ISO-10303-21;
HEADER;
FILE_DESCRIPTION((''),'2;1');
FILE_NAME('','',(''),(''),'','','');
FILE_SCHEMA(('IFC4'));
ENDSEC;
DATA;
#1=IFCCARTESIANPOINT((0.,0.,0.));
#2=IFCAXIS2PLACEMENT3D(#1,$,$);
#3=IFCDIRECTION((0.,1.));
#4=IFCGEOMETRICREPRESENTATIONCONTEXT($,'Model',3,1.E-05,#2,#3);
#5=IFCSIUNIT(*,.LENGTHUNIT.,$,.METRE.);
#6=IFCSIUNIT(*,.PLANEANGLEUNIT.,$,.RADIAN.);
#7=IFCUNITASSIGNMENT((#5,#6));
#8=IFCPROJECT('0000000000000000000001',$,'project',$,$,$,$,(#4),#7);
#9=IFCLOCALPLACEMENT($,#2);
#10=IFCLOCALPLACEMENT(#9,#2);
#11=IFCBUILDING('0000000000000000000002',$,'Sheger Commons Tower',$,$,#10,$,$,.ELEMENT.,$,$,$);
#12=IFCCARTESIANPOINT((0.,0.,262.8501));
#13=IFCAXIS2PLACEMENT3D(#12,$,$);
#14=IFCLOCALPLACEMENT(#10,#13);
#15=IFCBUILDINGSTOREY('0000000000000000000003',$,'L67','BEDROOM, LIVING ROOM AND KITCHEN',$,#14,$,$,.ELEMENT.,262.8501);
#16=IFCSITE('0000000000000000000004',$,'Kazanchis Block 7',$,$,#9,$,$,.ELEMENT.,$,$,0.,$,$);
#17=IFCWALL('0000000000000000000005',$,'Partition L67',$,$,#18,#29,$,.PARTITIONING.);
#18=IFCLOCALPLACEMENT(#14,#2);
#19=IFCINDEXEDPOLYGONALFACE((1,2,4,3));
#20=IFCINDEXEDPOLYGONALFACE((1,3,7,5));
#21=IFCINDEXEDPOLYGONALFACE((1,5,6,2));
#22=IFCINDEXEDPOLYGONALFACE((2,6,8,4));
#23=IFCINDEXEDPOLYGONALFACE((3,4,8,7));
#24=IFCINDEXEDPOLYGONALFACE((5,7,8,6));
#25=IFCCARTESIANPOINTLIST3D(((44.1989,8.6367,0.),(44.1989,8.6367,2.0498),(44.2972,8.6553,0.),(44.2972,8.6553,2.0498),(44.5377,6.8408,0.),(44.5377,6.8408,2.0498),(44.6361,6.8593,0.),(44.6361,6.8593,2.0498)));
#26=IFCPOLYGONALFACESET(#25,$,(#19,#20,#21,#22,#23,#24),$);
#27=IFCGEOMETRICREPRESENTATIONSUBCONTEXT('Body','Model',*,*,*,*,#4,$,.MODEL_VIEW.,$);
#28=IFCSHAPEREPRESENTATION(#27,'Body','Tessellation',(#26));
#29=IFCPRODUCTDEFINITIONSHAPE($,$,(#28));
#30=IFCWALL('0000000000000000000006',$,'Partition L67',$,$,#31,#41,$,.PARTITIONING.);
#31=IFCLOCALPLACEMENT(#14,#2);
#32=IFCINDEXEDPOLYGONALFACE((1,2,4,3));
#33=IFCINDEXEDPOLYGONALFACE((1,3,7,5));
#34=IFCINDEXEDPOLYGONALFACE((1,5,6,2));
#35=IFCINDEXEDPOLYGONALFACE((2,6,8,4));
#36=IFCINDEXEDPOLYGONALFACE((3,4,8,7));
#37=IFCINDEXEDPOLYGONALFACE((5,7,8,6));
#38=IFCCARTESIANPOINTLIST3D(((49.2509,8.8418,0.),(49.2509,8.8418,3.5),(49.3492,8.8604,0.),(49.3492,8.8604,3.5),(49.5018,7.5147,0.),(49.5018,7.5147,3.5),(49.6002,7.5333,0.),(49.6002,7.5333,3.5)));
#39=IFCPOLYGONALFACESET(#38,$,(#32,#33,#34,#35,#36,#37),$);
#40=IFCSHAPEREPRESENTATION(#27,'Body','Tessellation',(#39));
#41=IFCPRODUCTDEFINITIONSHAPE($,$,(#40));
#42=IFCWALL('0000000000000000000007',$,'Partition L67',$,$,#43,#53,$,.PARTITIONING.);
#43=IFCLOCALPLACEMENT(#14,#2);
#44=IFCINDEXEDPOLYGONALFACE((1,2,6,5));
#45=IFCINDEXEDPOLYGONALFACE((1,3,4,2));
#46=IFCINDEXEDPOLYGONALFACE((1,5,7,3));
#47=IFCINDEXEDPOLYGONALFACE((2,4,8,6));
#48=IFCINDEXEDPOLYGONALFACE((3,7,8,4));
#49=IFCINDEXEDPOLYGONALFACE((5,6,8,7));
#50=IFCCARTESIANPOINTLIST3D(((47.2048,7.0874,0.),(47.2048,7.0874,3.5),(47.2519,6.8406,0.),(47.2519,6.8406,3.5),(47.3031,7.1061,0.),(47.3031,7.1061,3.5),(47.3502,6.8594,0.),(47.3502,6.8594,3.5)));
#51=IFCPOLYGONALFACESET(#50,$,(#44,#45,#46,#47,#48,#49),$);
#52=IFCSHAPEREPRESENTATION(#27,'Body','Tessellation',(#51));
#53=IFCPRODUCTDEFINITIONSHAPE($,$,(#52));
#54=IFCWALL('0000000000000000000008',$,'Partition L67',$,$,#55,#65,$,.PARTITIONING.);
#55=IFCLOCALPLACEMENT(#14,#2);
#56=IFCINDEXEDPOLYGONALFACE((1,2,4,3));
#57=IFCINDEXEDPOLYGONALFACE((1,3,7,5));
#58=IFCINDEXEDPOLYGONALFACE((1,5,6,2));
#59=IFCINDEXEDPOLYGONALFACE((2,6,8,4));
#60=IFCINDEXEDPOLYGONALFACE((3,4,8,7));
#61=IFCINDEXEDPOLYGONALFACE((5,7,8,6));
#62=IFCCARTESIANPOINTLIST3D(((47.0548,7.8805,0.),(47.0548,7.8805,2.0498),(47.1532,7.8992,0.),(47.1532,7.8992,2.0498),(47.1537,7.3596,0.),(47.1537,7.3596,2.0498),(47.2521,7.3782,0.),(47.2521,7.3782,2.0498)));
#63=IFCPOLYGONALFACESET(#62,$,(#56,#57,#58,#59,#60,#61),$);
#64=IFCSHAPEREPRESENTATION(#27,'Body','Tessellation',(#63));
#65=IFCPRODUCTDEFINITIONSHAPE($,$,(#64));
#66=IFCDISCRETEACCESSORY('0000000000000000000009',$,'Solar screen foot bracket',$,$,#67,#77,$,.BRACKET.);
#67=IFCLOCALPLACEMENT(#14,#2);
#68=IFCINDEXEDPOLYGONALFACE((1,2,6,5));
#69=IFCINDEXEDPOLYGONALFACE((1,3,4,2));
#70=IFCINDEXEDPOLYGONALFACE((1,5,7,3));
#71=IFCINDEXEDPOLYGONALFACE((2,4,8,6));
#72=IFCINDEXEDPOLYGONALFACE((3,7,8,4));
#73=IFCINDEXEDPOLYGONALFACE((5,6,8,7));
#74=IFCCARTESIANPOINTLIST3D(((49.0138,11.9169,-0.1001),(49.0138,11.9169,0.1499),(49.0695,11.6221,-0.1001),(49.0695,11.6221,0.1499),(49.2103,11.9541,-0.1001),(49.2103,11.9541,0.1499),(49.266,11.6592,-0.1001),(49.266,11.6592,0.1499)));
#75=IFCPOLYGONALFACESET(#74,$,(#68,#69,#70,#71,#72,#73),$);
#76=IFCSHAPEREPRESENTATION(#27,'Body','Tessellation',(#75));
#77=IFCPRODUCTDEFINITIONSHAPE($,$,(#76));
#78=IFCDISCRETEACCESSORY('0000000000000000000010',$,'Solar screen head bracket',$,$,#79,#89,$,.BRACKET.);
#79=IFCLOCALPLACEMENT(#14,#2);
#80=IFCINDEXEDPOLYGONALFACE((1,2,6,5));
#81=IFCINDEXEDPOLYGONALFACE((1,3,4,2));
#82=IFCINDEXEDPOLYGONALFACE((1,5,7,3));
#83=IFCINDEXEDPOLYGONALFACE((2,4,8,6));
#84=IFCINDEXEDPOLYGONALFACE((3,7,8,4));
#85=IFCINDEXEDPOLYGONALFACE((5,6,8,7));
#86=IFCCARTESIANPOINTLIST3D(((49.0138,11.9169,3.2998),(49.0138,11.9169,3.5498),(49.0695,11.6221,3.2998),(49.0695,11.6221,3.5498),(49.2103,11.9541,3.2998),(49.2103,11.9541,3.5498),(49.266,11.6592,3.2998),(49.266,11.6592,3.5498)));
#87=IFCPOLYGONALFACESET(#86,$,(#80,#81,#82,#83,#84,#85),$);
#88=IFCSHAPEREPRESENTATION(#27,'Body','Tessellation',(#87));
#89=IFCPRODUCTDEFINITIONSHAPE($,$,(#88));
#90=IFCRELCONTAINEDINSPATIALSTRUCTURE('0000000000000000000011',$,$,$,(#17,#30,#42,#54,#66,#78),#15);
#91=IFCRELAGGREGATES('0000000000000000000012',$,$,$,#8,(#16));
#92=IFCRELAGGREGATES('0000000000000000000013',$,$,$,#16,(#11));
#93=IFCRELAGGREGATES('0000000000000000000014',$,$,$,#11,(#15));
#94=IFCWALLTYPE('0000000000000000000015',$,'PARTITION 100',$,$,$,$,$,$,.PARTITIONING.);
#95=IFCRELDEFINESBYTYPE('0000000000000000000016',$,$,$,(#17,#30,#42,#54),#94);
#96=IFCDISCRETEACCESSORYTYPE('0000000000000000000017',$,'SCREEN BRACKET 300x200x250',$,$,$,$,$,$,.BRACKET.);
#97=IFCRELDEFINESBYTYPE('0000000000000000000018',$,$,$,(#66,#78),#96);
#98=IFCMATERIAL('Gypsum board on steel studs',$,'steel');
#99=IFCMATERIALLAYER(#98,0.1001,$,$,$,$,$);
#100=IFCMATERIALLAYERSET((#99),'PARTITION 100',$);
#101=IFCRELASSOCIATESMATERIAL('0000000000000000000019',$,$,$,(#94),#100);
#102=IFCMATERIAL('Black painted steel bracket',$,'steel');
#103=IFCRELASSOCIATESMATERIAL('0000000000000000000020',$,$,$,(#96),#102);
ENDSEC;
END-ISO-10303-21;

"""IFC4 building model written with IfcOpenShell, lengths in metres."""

from ifc_helpers import new_model, si_unit, direction, frame, frame_2d, origin, origin_2d, place, context, subcontext, project, spatial, rectangle, extrude, material, layer, layer_set, type_object, element, save


model = new_model("IFC4")

# Units and contexts
model_context = context("Model", 3, precision=1e-05, world=origin(), true_north=direction((0.0, 1.0)))
body_context = subcontext(model_context, "Body", "Model", "MODEL_VIEW")
ifc_project = project(units=[si_unit("LENGTHUNIT", "METRE"), si_unit("PLANEANGLEUNIT", "RADIAN")], contexts=[model_context])

# Site, building, storey
site_placement = place(None, origin())
site = spatial("IfcSite", under=ifc_project, at=site_placement, Name="Kazanchis Block 7", CompositionType="ELEMENT", RefElevation=0.0)
building_placement = place(site_placement, origin())
building = spatial("IfcBuilding", under=site, at=building_placement, Name="Sheger Commons Tower", CompositionType="ELEMENT")
storey_placement = place(building_placement, frame((0.0, 0.0, 262.8501)))
storey = spatial("IfcBuildingStorey", under=building, at=storey_placement, Name="L67", Description="BEDROOM, LIVING ROOM AND KITCHEN", CompositionType="ELEMENT", Elevation=262.8501)

# Walls
ifc_material_1 = material(Name="Gypsum board on steel studs", Category="steel")
ifc_layer_1 = layer(ifc_material_1, 0.1001)
ifc_layer_set_1 = layer_set([ifc_layer_1], Name="PARTITION 100")
wall_type_1 = type_object("IfcWallType", Name="PARTITION 100", PredefinedType="PARTITIONING", material=ifc_layer_set_1)
wall_1_placement = place(storey_placement, frame((44.248, 8.646, 0.0), z_axis=(0.0, 0.0, 1.0), x_axis=(0.185418, -0.98266, 0.0)))
element("IfcWall", 1, at=wall_1_placement, inside=storey, type_object=wall_type_1, Name="Partition L67", PredefinedType="PARTITIONING", context=body_context, shape_type="SweptSolid", body=[
    extrude(rectangle(XDim=1.8276, YDim=0.1001, at=frame_2d((0.9138, 0.0))), origin(), (0.0, 0.0, 1.0), 2.0498),
])
wall_2_placement = place(storey_placement, frame((49.3, 8.8511, 0.0), z_axis=(0.0, 0.0, 1.0), x_axis=(0.185816, -0.982585, 0.0)))
element("IfcWall", 2, at=wall_2_placement, inside=storey, type_object=wall_type_1, Name="Partition L67", PredefinedType="PARTITIONING", context=body_context, shape_type="SweptSolid", body=[
    extrude(rectangle(XDim=1.3506, YDim=0.1001, at=frame_2d((0.6753, 0.0))), origin(), (0.0, 0.0, 1.0), 3.5),
])
wall_3_placement = place(storey_placement, frame((47.301, 6.8501, 0.0), z_axis=(0.0, 0.0, 1.0), x_axis=(-0.187514, 0.982262, 0.0)))
element("IfcWall", 3, at=wall_3_placement, inside=storey, type_object=wall_type_1, Name="Partition L67", PredefinedType="PARTITIONING", context=body_context, shape_type="SweptSolid", body=[
    extrude(rectangle(XDim=0.2512, YDim=0.1001, at=frame_2d((0.1255, 0.0))), origin(), (0.0, 0.0, 1.0), 3.5),
])
wall_4_placement = place(storey_placement, frame((47.2029, 7.3689, 0.0), z_axis=(0.0, 0.0, 1.0), x_axis=(-0.186456, 0.982463, 0.0)))
element("IfcWall", 4, at=wall_4_placement, inside=storey, type_object=wall_type_1, Name="Partition L67", PredefinedType="PARTITIONING", context=body_context, shape_type="SweptSolid", body=[
    extrude(rectangle(XDim=0.5303, YDim=0.1001, at=frame_2d((0.2651, 0.0))), origin(), (0.0, 0.0, 1.0), 2.0498),
])

# Discrete accessories
ifc_material_2 = material(Name="Black painted steel bracket", Category="steel")
discrete_accessory_type = type_object("IfcDiscreteAccessoryType", Name="SCREEN BRACKET 300x200x250", PredefinedType="BRACKET", material=ifc_material_2)
for number, where, z_axis, x_axis, name in (
    (5, (49.1399, 11.7881, -0.1001), (0.0, 0.0, 1.0), (-0.185615, 0.982623, 0.0), "Solar screen foot bracket"),
    (6, (49.1399, 11.7881, 3.2998), (0.0, 0.0, 1.0), (-0.185615, 0.982623, 0.0), "Solar screen head bracket"),
):
    element("IfcDiscreteAccessory", number, at=place(storey_placement, frame(where, z_axis=z_axis, x_axis=x_axis)), inside=storey, type_object=discrete_accessory_type, Name=name, PredefinedType="BRACKET", context=body_context, shape_type="SweptSolid", body=[
        extrude(rectangle(XDim=0.3, YDim=0.2, at=origin_2d()), origin(), (0.0, 0.0, 1.0), 0.25),
    ])

save(model, "model.ifc")
